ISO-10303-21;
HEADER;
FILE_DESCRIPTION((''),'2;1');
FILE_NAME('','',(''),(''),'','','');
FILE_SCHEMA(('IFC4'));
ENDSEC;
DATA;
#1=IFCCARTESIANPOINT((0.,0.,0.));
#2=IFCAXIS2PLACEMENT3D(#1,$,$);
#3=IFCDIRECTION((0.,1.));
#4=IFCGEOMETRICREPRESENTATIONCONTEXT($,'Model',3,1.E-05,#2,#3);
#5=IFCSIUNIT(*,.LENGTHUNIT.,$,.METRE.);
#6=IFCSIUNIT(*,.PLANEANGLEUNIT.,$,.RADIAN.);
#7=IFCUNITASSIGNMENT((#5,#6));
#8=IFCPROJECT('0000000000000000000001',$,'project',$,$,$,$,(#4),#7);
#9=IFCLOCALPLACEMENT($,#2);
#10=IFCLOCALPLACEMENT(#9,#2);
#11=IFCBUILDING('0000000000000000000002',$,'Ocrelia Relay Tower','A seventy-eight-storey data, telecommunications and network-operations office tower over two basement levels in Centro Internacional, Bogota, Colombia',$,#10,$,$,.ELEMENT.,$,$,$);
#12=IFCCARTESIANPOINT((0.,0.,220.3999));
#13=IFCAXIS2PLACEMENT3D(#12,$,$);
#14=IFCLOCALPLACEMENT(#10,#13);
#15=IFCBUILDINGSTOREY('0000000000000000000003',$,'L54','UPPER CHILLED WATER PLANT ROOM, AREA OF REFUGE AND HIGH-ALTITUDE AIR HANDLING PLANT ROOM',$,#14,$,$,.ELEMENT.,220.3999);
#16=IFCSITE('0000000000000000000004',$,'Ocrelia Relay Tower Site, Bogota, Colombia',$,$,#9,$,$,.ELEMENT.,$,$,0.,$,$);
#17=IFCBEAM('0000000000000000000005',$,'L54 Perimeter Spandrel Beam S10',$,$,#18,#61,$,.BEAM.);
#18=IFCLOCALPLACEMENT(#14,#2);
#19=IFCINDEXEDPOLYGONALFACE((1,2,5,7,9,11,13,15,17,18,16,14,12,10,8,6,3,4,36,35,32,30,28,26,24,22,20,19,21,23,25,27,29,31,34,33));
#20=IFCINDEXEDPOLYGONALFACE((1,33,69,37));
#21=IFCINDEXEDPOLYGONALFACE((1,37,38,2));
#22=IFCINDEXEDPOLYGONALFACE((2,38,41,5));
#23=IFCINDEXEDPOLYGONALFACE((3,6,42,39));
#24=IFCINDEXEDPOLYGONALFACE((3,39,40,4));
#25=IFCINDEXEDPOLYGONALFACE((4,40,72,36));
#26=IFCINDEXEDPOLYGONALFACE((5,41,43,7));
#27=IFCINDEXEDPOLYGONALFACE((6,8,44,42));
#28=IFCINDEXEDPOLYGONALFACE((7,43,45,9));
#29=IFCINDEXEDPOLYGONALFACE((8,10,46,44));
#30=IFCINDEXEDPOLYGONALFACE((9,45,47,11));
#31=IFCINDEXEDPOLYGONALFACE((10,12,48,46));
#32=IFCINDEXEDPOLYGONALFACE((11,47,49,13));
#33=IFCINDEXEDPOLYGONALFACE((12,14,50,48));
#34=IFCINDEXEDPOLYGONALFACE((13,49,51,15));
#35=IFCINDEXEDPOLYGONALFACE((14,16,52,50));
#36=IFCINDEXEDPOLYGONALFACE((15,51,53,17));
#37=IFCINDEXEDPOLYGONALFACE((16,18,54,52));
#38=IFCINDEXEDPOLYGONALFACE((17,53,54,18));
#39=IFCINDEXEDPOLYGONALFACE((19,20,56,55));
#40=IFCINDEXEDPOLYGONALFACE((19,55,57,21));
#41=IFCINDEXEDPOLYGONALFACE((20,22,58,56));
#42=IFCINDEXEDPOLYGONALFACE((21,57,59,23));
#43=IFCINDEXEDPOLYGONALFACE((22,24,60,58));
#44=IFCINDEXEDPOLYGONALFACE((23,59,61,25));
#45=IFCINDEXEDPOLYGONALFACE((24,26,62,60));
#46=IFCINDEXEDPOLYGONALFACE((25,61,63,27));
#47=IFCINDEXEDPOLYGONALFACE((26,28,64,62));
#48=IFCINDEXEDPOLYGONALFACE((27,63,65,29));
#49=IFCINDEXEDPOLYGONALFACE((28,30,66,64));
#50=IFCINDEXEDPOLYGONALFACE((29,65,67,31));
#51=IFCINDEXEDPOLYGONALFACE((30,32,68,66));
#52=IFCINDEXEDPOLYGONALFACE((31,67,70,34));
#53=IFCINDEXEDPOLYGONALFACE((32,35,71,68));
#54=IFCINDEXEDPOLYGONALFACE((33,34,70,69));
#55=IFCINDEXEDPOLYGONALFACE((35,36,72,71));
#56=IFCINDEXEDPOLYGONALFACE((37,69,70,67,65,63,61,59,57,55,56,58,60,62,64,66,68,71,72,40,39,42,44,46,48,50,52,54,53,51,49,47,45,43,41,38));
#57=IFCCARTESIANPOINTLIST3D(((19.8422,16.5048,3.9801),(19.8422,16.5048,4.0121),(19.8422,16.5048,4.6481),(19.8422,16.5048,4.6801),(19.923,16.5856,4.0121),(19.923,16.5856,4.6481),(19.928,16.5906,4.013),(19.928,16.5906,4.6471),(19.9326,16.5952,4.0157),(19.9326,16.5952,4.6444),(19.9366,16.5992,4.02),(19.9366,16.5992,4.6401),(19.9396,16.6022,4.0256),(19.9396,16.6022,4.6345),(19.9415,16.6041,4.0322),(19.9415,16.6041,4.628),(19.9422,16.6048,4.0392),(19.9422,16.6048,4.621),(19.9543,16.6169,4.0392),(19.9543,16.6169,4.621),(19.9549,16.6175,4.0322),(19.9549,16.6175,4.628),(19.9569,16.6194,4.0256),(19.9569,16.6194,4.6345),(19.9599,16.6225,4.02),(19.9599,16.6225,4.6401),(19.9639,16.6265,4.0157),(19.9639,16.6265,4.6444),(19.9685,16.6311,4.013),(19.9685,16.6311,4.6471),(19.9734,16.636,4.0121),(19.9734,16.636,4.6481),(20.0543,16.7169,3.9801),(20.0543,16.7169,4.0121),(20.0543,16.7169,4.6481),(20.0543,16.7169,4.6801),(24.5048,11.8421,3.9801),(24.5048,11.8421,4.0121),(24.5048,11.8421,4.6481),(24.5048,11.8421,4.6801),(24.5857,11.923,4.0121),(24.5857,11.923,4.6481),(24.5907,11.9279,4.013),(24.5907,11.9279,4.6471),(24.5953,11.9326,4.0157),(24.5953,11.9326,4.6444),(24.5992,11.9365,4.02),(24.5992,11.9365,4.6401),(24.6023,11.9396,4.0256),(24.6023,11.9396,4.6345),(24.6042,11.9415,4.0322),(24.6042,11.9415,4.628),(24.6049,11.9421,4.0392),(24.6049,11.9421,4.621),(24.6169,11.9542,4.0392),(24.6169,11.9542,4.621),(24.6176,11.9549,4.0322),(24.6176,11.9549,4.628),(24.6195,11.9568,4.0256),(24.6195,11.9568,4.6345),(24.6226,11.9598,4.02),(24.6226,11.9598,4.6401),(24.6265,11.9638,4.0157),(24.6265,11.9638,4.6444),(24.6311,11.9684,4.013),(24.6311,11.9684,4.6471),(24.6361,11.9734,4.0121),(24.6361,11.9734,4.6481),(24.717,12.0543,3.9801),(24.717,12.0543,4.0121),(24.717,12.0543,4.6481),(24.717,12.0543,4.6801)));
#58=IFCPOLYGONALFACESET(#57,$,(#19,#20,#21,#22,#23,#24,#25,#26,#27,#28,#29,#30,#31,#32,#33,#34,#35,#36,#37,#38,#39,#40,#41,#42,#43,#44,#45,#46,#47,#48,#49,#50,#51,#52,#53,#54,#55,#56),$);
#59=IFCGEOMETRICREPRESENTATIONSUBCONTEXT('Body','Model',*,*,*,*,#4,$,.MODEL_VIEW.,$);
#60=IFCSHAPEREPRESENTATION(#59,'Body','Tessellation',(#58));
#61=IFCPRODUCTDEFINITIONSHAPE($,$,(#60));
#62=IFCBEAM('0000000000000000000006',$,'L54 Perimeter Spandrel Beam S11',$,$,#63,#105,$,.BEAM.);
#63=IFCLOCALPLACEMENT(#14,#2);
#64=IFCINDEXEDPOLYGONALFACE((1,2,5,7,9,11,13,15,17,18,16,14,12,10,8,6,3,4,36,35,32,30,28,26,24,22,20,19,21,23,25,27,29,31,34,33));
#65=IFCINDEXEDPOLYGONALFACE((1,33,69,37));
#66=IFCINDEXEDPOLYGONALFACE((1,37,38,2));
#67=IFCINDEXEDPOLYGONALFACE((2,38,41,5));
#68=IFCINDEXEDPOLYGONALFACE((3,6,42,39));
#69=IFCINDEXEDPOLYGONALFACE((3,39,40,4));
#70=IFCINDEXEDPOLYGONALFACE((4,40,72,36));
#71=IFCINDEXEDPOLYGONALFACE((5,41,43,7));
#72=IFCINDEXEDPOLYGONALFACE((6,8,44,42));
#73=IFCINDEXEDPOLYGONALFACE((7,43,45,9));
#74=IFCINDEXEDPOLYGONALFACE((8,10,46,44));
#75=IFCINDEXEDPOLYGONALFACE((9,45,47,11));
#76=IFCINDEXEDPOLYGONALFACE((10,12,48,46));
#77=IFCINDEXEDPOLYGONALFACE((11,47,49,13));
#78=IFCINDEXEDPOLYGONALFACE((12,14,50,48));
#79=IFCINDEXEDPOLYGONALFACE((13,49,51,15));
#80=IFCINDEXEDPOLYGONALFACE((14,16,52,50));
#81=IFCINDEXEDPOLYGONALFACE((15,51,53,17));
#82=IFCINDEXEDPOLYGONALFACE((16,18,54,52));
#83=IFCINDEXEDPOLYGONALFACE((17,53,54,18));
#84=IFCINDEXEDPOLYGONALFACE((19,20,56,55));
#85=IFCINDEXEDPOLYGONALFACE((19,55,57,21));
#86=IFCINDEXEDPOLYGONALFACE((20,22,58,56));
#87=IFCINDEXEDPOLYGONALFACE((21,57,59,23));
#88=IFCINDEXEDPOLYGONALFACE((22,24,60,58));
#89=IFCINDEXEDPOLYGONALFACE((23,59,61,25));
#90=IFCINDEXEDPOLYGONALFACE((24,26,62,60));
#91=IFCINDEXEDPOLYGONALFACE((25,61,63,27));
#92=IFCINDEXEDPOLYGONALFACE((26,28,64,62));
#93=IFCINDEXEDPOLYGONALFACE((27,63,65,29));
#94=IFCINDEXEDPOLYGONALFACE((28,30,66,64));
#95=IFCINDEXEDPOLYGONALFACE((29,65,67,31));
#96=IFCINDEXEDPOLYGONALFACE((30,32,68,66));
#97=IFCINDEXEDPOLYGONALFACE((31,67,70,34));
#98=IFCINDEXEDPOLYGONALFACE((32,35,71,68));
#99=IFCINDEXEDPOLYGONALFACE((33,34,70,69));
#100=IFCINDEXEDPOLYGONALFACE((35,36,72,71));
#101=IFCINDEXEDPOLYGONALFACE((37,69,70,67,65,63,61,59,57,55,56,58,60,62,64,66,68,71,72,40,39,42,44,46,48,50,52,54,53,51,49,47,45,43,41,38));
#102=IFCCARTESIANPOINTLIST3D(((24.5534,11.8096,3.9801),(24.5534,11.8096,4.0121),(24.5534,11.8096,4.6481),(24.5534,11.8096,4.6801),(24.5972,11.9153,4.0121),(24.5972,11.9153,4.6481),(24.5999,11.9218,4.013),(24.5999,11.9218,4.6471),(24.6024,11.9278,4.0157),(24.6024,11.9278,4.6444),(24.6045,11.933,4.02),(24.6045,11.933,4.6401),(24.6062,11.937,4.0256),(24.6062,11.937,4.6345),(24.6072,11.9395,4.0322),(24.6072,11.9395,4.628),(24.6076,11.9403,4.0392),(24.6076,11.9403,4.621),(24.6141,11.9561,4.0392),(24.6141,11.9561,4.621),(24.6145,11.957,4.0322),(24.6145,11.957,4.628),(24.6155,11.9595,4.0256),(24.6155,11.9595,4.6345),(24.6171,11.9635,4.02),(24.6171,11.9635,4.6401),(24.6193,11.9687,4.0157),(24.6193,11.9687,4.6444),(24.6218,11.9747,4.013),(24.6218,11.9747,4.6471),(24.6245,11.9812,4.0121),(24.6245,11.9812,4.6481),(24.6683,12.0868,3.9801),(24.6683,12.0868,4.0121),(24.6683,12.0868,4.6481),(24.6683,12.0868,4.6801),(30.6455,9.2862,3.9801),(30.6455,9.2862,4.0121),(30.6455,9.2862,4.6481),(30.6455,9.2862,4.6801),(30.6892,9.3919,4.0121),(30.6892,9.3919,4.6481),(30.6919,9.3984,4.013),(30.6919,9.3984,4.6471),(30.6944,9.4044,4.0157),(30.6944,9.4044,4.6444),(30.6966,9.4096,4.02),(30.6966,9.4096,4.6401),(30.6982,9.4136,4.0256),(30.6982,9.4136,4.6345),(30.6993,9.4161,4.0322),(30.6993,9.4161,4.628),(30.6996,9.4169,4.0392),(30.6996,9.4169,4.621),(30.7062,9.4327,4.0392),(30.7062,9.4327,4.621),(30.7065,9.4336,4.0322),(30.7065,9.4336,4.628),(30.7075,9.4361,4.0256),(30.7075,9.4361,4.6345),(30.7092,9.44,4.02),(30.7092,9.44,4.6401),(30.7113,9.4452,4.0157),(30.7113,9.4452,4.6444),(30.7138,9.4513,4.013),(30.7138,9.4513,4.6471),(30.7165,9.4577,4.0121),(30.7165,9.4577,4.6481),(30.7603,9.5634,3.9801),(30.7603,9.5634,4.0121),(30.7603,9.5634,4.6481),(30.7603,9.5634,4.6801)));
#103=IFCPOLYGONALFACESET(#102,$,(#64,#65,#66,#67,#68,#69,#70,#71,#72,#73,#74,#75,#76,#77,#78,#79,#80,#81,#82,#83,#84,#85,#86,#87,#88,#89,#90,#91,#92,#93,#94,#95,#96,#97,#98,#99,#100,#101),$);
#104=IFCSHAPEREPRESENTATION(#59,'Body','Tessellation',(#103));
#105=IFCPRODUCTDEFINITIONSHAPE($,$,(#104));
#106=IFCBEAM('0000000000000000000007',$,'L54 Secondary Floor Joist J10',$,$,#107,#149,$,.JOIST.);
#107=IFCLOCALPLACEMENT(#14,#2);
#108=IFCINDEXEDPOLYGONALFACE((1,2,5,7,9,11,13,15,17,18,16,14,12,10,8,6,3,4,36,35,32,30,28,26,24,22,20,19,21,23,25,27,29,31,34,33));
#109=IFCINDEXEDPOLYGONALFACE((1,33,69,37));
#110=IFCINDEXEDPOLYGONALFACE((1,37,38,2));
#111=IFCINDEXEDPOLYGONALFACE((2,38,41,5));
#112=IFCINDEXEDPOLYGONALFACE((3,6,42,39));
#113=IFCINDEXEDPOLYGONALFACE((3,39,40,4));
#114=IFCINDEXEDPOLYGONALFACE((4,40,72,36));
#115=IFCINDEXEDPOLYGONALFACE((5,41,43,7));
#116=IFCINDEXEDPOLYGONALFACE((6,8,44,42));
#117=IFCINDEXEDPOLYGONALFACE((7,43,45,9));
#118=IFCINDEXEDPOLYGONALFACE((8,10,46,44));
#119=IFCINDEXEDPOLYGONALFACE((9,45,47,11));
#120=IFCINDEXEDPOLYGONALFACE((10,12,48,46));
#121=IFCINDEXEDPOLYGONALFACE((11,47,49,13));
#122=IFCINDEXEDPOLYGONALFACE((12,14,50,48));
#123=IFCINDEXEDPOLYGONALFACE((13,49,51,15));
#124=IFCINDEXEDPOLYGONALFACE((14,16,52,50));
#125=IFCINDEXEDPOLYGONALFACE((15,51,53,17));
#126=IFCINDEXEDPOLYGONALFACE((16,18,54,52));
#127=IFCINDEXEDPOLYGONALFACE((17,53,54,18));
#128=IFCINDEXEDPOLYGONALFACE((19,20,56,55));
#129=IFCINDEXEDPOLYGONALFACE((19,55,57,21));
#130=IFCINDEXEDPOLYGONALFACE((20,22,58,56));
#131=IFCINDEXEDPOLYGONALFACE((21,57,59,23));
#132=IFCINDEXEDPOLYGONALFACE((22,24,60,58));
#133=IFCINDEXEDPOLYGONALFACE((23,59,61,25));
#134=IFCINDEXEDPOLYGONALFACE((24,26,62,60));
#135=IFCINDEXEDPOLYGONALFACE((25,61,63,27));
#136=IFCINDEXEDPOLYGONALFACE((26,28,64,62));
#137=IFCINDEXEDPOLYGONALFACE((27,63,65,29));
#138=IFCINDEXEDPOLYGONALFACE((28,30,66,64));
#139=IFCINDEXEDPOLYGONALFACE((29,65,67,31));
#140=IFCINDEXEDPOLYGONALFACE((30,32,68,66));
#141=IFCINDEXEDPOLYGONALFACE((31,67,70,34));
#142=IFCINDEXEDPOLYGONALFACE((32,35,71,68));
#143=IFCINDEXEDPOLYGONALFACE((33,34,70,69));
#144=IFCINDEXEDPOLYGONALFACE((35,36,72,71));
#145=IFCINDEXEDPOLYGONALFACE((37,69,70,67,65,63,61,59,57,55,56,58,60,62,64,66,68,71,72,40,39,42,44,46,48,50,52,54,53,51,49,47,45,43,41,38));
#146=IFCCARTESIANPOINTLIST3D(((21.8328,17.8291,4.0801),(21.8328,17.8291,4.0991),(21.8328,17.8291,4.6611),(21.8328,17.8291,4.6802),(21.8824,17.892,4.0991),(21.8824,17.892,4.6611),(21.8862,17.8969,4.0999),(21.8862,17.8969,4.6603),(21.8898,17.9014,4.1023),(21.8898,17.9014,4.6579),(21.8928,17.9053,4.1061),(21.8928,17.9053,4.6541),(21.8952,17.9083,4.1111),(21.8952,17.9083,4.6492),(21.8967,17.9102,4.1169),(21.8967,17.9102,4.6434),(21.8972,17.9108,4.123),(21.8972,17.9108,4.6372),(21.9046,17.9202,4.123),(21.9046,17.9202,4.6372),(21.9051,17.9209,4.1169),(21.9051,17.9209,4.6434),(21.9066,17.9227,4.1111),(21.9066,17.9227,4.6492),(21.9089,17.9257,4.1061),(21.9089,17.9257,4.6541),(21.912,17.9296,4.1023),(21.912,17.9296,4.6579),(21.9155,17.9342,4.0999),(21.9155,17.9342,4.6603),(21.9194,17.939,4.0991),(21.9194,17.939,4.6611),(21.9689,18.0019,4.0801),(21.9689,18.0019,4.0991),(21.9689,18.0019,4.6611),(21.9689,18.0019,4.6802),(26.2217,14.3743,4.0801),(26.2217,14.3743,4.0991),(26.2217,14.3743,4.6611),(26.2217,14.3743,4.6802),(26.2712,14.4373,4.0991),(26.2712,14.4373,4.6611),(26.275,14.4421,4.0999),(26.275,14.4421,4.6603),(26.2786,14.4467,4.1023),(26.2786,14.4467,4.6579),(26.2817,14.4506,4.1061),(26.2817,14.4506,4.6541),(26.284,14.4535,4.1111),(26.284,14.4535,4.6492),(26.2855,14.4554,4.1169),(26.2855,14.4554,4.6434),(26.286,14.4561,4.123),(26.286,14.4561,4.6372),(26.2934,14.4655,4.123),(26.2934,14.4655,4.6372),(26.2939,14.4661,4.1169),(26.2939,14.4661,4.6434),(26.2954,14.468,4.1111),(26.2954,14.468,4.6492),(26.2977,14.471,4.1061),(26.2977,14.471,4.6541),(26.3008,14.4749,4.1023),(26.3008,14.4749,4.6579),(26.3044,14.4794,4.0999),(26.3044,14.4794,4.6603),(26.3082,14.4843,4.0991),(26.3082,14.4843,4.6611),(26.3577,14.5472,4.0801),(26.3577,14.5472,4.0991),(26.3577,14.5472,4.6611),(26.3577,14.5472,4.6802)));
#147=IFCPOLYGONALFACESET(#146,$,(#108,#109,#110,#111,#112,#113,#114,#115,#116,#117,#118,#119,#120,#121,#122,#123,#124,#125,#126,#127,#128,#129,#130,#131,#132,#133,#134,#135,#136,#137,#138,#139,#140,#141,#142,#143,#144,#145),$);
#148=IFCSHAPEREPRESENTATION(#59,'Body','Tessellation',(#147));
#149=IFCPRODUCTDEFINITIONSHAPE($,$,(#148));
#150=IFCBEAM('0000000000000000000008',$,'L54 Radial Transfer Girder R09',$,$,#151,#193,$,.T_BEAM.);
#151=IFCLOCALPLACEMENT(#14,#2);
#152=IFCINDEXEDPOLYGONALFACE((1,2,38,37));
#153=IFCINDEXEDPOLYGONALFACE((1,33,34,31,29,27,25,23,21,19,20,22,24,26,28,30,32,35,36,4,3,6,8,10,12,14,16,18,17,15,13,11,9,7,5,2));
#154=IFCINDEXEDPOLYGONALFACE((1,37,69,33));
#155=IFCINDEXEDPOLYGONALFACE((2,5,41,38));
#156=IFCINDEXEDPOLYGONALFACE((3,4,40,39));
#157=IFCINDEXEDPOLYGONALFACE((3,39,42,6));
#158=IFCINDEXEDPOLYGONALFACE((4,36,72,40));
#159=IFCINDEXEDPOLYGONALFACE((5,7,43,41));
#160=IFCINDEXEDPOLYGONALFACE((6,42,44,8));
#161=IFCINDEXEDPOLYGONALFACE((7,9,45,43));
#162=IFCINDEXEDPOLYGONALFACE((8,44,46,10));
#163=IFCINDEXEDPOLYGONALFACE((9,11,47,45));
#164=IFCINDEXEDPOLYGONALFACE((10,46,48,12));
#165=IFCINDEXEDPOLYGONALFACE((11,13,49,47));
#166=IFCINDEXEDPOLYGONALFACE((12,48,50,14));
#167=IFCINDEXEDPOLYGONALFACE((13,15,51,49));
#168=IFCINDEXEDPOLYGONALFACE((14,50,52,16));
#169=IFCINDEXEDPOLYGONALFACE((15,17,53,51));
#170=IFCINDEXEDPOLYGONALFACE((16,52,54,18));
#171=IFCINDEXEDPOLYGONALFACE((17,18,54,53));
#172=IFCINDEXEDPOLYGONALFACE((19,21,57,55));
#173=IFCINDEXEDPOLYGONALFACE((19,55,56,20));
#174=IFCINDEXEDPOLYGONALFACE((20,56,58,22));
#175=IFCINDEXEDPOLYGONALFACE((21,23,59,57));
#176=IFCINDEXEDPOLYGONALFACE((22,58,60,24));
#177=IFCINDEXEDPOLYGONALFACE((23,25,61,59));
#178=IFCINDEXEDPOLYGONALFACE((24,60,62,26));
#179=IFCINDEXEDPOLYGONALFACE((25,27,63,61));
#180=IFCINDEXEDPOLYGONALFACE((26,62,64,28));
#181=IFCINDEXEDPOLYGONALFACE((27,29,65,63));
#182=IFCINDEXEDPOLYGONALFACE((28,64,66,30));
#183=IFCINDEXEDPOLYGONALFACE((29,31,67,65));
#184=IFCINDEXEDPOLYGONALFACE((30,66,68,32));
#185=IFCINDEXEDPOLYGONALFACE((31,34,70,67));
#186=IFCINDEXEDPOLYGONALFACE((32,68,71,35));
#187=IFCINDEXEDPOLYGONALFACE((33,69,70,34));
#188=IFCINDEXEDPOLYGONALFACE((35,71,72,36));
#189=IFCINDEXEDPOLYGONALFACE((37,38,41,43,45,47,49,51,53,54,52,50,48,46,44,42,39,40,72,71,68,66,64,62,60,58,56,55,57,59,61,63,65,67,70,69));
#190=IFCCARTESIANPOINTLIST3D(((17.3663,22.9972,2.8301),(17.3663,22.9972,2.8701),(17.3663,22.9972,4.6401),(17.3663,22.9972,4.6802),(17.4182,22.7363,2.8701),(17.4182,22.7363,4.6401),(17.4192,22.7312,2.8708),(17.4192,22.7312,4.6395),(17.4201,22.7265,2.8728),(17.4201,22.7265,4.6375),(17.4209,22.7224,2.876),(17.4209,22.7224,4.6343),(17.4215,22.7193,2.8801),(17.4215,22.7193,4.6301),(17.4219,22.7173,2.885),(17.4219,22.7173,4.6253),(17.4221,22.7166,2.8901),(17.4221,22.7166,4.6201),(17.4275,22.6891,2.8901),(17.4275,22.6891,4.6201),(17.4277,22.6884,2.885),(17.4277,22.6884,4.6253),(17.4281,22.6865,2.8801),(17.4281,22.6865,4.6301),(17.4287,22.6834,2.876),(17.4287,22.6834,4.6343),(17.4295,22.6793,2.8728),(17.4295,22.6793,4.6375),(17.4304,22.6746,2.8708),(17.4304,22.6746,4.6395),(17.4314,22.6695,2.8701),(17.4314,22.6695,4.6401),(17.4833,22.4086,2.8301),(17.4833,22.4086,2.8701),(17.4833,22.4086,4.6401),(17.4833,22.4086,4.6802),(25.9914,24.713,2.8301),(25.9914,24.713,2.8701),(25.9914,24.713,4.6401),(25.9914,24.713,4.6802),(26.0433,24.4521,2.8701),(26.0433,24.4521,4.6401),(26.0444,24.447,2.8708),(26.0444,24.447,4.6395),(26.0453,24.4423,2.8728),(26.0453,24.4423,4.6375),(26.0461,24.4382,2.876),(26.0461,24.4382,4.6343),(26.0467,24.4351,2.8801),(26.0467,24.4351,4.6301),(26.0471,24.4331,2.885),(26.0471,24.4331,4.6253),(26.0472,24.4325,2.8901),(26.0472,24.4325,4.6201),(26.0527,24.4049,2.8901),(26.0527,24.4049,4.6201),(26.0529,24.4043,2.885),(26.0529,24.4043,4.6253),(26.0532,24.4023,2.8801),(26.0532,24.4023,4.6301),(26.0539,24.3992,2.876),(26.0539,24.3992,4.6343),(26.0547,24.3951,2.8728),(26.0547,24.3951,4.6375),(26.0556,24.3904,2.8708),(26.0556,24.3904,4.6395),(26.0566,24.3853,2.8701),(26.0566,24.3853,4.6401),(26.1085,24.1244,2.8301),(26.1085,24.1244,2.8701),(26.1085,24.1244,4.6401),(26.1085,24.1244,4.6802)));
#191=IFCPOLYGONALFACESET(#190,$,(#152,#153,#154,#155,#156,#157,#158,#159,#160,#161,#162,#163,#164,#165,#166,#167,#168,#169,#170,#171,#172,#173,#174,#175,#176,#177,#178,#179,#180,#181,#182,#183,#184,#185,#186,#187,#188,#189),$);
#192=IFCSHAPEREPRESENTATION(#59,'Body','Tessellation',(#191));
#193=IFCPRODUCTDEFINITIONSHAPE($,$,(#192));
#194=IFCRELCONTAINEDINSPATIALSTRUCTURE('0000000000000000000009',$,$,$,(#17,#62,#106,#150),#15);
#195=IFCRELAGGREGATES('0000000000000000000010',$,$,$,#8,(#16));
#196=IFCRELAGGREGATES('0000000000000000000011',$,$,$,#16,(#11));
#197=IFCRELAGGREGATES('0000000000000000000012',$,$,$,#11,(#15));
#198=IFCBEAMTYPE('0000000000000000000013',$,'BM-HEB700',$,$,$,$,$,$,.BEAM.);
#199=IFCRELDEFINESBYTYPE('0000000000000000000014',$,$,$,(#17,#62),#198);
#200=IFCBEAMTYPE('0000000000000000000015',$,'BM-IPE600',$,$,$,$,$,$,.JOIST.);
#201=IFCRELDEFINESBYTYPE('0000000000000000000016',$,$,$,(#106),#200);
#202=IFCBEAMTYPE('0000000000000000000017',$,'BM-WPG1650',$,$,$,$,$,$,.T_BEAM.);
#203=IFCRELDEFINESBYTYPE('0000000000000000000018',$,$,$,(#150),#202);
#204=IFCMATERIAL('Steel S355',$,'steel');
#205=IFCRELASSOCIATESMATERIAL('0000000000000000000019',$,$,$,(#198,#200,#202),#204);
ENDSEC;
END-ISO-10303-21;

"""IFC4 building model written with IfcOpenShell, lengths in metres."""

from ifc_helpers import new_model, si_unit, direction, frame, origin, origin_2d, place, context, subcontext, project, spatial, i_section, extrude, material, material_profile, profile_set, type_object, element, save


model = new_model("IFC4")

# Units and contexts
model_context = context("Model", 3, precision=1e-05, world=origin(), true_north=direction((0.0, 1.0)))
body_context = subcontext(model_context, "Body", "Model", "MODEL_VIEW")
ifc_project = project(units=[si_unit("LENGTHUNIT", "METRE"), si_unit("PLANEANGLEUNIT", "RADIAN")], contexts=[model_context])

# Site, building, storey
site_placement = place(None, origin())
site = spatial("IfcSite", under=ifc_project, at=site_placement, Name="Ocrelia Relay Tower Site, Bogota, Colombia", CompositionType="ELEMENT", RefElevation=0.0)
building_placement = place(site_placement, origin())
building = spatial("IfcBuilding", under=site, at=building_placement, Name="Ocrelia Relay Tower", Description="A seventy-eight-storey data, telecommunications and network-operations office tower over two basement levels in Centro Internacional, Bogota, Colombia", CompositionType="ELEMENT")
storey_placement = place(building_placement, frame((0.0, 0.0, 220.3999)))
storey = spatial("IfcBuildingStorey", under=building, at=storey_placement, Name="L54", Description="UPPER CHILLED WATER PLANT ROOM, AREA OF REFUGE AND HIGH-ALTITUDE AIR HANDLING PLANT ROOM", CompositionType="ELEMENT", Elevation=220.3999)

# Beams
ifc_material_1 = material(Name="Steel S355", Category="steel")
ifc_material_profile_1 = material_profile(ifc_material_1, i_section(OverallWidth=0.3, OverallDepth=0.7, WebThickness=0.0171, FlangeThickness=0.032, FilletRadius=0.0271, at=origin_2d()), Name="HEB 700")
ifc_profile_set_1 = profile_set([ifc_material_profile_1], Name="Steel S355")
beam_type_1 = type_object("IfcBeamType", Name="BM-HEB700", PredefinedType="BEAM", material=ifc_profile_set_1)
for number, where, z_axis, x_axis, name in (
    (1, (19.9482, 16.6108, 4.3301), (0.707107, -0.707107, 0.0), (0.707107, 0.707107, 0.0), "L54 Perimeter Spandrel Beam S10"),
    (2, (24.6108, 11.9482, 4.3301), (0.923878, -0.382688, 0.0), (0.382688, 0.923878, 0.0), "L54 Perimeter Spandrel Beam S11"),
):
    element("IfcBeam", number, at=place(storey_placement, frame(where, z_axis=z_axis, x_axis=x_axis)), inside=storey, type_object=beam_type_1, Name=name, PredefinedType="BEAM", context=body_context, shape_type="SweptSolid", body=[
        extrude(i_section(OverallWidth=0.3, OverallDepth=0.7, WebThickness=0.0171, FlangeThickness=0.032, FilletRadius=0.0271, at=origin_2d()), origin(), (0.0, 0.0, 1.0), 6.594),
    ])
ifc_material_profile_2 = material_profile(ifc_material_1, i_section(OverallWidth=0.22, OverallDepth=0.6001, WebThickness=0.012, FlangeThickness=0.019, FilletRadius=0.0239, at=origin_2d()), Name="IPE 600")
ifc_profile_set_2 = profile_set([ifc_material_profile_2], Name="Steel S355")
beam_type_2 = type_object("IfcBeamType", Name="BM-IPE600", PredefinedType="JOIST", material=ifc_profile_set_2)
beam_1_placement = place(storey_placement, frame((21.9009, 17.9155, 4.3801), z_axis=(0.785761, -0.61853, 0.0), x_axis=(0.61853, 0.785761, 0.0)))
element("IfcBeam", 3, at=beam_1_placement, inside=storey, type_object=beam_type_2, Name="L54 Secondary Floor Joist J10", PredefinedType="JOIST", context=body_context, shape_type="SweptSolid", body=[
    extrude(i_section(OverallWidth=0.22, OverallDepth=0.6001, WebThickness=0.012, FlangeThickness=0.019, FilletRadius=0.0239, at=origin_2d()), origin(), (0.0, 0.0, 1.0), 5.5854),
])
ifc_material_profile_3 = material_profile(ifc_material_1, i_section(OverallWidth=0.6001, OverallDepth=1.8501, WebThickness=0.0281, FlangeThickness=0.04, FilletRadius=0.02, at=origin_2d()), Name="WPG 1850x600")
ifc_profile_set_3 = profile_set([ifc_material_profile_3], Name="Steel S355")
beam_type_3 = type_object("IfcBeamType", Name="BM-WPG1650", PredefinedType="T_BEAM", material=ifc_profile_set_3)
beam_2_placement = place(storey_placement, frame((17.4248, 22.7029, 3.7551), z_axis=(0.980782, 0.195107, 0.0), x_axis=(-0.195107, 0.980782, 0.0)))
element("IfcBeam", 4, at=beam_2_placement, inside=storey, type_object=beam_type_3, Name="L54 Radial Transfer Girder R09", PredefinedType="T_BEAM", context=body_context, shape_type="SweptSolid", body=[
    extrude(i_section(OverallWidth=0.6001, OverallDepth=1.8501, WebThickness=0.0281, FlangeThickness=0.04, FilletRadius=0.02, at=origin_2d()), origin(), (0.0, 0.0, 1.0), 8.7942),
])

save(model, "model.ifc")
